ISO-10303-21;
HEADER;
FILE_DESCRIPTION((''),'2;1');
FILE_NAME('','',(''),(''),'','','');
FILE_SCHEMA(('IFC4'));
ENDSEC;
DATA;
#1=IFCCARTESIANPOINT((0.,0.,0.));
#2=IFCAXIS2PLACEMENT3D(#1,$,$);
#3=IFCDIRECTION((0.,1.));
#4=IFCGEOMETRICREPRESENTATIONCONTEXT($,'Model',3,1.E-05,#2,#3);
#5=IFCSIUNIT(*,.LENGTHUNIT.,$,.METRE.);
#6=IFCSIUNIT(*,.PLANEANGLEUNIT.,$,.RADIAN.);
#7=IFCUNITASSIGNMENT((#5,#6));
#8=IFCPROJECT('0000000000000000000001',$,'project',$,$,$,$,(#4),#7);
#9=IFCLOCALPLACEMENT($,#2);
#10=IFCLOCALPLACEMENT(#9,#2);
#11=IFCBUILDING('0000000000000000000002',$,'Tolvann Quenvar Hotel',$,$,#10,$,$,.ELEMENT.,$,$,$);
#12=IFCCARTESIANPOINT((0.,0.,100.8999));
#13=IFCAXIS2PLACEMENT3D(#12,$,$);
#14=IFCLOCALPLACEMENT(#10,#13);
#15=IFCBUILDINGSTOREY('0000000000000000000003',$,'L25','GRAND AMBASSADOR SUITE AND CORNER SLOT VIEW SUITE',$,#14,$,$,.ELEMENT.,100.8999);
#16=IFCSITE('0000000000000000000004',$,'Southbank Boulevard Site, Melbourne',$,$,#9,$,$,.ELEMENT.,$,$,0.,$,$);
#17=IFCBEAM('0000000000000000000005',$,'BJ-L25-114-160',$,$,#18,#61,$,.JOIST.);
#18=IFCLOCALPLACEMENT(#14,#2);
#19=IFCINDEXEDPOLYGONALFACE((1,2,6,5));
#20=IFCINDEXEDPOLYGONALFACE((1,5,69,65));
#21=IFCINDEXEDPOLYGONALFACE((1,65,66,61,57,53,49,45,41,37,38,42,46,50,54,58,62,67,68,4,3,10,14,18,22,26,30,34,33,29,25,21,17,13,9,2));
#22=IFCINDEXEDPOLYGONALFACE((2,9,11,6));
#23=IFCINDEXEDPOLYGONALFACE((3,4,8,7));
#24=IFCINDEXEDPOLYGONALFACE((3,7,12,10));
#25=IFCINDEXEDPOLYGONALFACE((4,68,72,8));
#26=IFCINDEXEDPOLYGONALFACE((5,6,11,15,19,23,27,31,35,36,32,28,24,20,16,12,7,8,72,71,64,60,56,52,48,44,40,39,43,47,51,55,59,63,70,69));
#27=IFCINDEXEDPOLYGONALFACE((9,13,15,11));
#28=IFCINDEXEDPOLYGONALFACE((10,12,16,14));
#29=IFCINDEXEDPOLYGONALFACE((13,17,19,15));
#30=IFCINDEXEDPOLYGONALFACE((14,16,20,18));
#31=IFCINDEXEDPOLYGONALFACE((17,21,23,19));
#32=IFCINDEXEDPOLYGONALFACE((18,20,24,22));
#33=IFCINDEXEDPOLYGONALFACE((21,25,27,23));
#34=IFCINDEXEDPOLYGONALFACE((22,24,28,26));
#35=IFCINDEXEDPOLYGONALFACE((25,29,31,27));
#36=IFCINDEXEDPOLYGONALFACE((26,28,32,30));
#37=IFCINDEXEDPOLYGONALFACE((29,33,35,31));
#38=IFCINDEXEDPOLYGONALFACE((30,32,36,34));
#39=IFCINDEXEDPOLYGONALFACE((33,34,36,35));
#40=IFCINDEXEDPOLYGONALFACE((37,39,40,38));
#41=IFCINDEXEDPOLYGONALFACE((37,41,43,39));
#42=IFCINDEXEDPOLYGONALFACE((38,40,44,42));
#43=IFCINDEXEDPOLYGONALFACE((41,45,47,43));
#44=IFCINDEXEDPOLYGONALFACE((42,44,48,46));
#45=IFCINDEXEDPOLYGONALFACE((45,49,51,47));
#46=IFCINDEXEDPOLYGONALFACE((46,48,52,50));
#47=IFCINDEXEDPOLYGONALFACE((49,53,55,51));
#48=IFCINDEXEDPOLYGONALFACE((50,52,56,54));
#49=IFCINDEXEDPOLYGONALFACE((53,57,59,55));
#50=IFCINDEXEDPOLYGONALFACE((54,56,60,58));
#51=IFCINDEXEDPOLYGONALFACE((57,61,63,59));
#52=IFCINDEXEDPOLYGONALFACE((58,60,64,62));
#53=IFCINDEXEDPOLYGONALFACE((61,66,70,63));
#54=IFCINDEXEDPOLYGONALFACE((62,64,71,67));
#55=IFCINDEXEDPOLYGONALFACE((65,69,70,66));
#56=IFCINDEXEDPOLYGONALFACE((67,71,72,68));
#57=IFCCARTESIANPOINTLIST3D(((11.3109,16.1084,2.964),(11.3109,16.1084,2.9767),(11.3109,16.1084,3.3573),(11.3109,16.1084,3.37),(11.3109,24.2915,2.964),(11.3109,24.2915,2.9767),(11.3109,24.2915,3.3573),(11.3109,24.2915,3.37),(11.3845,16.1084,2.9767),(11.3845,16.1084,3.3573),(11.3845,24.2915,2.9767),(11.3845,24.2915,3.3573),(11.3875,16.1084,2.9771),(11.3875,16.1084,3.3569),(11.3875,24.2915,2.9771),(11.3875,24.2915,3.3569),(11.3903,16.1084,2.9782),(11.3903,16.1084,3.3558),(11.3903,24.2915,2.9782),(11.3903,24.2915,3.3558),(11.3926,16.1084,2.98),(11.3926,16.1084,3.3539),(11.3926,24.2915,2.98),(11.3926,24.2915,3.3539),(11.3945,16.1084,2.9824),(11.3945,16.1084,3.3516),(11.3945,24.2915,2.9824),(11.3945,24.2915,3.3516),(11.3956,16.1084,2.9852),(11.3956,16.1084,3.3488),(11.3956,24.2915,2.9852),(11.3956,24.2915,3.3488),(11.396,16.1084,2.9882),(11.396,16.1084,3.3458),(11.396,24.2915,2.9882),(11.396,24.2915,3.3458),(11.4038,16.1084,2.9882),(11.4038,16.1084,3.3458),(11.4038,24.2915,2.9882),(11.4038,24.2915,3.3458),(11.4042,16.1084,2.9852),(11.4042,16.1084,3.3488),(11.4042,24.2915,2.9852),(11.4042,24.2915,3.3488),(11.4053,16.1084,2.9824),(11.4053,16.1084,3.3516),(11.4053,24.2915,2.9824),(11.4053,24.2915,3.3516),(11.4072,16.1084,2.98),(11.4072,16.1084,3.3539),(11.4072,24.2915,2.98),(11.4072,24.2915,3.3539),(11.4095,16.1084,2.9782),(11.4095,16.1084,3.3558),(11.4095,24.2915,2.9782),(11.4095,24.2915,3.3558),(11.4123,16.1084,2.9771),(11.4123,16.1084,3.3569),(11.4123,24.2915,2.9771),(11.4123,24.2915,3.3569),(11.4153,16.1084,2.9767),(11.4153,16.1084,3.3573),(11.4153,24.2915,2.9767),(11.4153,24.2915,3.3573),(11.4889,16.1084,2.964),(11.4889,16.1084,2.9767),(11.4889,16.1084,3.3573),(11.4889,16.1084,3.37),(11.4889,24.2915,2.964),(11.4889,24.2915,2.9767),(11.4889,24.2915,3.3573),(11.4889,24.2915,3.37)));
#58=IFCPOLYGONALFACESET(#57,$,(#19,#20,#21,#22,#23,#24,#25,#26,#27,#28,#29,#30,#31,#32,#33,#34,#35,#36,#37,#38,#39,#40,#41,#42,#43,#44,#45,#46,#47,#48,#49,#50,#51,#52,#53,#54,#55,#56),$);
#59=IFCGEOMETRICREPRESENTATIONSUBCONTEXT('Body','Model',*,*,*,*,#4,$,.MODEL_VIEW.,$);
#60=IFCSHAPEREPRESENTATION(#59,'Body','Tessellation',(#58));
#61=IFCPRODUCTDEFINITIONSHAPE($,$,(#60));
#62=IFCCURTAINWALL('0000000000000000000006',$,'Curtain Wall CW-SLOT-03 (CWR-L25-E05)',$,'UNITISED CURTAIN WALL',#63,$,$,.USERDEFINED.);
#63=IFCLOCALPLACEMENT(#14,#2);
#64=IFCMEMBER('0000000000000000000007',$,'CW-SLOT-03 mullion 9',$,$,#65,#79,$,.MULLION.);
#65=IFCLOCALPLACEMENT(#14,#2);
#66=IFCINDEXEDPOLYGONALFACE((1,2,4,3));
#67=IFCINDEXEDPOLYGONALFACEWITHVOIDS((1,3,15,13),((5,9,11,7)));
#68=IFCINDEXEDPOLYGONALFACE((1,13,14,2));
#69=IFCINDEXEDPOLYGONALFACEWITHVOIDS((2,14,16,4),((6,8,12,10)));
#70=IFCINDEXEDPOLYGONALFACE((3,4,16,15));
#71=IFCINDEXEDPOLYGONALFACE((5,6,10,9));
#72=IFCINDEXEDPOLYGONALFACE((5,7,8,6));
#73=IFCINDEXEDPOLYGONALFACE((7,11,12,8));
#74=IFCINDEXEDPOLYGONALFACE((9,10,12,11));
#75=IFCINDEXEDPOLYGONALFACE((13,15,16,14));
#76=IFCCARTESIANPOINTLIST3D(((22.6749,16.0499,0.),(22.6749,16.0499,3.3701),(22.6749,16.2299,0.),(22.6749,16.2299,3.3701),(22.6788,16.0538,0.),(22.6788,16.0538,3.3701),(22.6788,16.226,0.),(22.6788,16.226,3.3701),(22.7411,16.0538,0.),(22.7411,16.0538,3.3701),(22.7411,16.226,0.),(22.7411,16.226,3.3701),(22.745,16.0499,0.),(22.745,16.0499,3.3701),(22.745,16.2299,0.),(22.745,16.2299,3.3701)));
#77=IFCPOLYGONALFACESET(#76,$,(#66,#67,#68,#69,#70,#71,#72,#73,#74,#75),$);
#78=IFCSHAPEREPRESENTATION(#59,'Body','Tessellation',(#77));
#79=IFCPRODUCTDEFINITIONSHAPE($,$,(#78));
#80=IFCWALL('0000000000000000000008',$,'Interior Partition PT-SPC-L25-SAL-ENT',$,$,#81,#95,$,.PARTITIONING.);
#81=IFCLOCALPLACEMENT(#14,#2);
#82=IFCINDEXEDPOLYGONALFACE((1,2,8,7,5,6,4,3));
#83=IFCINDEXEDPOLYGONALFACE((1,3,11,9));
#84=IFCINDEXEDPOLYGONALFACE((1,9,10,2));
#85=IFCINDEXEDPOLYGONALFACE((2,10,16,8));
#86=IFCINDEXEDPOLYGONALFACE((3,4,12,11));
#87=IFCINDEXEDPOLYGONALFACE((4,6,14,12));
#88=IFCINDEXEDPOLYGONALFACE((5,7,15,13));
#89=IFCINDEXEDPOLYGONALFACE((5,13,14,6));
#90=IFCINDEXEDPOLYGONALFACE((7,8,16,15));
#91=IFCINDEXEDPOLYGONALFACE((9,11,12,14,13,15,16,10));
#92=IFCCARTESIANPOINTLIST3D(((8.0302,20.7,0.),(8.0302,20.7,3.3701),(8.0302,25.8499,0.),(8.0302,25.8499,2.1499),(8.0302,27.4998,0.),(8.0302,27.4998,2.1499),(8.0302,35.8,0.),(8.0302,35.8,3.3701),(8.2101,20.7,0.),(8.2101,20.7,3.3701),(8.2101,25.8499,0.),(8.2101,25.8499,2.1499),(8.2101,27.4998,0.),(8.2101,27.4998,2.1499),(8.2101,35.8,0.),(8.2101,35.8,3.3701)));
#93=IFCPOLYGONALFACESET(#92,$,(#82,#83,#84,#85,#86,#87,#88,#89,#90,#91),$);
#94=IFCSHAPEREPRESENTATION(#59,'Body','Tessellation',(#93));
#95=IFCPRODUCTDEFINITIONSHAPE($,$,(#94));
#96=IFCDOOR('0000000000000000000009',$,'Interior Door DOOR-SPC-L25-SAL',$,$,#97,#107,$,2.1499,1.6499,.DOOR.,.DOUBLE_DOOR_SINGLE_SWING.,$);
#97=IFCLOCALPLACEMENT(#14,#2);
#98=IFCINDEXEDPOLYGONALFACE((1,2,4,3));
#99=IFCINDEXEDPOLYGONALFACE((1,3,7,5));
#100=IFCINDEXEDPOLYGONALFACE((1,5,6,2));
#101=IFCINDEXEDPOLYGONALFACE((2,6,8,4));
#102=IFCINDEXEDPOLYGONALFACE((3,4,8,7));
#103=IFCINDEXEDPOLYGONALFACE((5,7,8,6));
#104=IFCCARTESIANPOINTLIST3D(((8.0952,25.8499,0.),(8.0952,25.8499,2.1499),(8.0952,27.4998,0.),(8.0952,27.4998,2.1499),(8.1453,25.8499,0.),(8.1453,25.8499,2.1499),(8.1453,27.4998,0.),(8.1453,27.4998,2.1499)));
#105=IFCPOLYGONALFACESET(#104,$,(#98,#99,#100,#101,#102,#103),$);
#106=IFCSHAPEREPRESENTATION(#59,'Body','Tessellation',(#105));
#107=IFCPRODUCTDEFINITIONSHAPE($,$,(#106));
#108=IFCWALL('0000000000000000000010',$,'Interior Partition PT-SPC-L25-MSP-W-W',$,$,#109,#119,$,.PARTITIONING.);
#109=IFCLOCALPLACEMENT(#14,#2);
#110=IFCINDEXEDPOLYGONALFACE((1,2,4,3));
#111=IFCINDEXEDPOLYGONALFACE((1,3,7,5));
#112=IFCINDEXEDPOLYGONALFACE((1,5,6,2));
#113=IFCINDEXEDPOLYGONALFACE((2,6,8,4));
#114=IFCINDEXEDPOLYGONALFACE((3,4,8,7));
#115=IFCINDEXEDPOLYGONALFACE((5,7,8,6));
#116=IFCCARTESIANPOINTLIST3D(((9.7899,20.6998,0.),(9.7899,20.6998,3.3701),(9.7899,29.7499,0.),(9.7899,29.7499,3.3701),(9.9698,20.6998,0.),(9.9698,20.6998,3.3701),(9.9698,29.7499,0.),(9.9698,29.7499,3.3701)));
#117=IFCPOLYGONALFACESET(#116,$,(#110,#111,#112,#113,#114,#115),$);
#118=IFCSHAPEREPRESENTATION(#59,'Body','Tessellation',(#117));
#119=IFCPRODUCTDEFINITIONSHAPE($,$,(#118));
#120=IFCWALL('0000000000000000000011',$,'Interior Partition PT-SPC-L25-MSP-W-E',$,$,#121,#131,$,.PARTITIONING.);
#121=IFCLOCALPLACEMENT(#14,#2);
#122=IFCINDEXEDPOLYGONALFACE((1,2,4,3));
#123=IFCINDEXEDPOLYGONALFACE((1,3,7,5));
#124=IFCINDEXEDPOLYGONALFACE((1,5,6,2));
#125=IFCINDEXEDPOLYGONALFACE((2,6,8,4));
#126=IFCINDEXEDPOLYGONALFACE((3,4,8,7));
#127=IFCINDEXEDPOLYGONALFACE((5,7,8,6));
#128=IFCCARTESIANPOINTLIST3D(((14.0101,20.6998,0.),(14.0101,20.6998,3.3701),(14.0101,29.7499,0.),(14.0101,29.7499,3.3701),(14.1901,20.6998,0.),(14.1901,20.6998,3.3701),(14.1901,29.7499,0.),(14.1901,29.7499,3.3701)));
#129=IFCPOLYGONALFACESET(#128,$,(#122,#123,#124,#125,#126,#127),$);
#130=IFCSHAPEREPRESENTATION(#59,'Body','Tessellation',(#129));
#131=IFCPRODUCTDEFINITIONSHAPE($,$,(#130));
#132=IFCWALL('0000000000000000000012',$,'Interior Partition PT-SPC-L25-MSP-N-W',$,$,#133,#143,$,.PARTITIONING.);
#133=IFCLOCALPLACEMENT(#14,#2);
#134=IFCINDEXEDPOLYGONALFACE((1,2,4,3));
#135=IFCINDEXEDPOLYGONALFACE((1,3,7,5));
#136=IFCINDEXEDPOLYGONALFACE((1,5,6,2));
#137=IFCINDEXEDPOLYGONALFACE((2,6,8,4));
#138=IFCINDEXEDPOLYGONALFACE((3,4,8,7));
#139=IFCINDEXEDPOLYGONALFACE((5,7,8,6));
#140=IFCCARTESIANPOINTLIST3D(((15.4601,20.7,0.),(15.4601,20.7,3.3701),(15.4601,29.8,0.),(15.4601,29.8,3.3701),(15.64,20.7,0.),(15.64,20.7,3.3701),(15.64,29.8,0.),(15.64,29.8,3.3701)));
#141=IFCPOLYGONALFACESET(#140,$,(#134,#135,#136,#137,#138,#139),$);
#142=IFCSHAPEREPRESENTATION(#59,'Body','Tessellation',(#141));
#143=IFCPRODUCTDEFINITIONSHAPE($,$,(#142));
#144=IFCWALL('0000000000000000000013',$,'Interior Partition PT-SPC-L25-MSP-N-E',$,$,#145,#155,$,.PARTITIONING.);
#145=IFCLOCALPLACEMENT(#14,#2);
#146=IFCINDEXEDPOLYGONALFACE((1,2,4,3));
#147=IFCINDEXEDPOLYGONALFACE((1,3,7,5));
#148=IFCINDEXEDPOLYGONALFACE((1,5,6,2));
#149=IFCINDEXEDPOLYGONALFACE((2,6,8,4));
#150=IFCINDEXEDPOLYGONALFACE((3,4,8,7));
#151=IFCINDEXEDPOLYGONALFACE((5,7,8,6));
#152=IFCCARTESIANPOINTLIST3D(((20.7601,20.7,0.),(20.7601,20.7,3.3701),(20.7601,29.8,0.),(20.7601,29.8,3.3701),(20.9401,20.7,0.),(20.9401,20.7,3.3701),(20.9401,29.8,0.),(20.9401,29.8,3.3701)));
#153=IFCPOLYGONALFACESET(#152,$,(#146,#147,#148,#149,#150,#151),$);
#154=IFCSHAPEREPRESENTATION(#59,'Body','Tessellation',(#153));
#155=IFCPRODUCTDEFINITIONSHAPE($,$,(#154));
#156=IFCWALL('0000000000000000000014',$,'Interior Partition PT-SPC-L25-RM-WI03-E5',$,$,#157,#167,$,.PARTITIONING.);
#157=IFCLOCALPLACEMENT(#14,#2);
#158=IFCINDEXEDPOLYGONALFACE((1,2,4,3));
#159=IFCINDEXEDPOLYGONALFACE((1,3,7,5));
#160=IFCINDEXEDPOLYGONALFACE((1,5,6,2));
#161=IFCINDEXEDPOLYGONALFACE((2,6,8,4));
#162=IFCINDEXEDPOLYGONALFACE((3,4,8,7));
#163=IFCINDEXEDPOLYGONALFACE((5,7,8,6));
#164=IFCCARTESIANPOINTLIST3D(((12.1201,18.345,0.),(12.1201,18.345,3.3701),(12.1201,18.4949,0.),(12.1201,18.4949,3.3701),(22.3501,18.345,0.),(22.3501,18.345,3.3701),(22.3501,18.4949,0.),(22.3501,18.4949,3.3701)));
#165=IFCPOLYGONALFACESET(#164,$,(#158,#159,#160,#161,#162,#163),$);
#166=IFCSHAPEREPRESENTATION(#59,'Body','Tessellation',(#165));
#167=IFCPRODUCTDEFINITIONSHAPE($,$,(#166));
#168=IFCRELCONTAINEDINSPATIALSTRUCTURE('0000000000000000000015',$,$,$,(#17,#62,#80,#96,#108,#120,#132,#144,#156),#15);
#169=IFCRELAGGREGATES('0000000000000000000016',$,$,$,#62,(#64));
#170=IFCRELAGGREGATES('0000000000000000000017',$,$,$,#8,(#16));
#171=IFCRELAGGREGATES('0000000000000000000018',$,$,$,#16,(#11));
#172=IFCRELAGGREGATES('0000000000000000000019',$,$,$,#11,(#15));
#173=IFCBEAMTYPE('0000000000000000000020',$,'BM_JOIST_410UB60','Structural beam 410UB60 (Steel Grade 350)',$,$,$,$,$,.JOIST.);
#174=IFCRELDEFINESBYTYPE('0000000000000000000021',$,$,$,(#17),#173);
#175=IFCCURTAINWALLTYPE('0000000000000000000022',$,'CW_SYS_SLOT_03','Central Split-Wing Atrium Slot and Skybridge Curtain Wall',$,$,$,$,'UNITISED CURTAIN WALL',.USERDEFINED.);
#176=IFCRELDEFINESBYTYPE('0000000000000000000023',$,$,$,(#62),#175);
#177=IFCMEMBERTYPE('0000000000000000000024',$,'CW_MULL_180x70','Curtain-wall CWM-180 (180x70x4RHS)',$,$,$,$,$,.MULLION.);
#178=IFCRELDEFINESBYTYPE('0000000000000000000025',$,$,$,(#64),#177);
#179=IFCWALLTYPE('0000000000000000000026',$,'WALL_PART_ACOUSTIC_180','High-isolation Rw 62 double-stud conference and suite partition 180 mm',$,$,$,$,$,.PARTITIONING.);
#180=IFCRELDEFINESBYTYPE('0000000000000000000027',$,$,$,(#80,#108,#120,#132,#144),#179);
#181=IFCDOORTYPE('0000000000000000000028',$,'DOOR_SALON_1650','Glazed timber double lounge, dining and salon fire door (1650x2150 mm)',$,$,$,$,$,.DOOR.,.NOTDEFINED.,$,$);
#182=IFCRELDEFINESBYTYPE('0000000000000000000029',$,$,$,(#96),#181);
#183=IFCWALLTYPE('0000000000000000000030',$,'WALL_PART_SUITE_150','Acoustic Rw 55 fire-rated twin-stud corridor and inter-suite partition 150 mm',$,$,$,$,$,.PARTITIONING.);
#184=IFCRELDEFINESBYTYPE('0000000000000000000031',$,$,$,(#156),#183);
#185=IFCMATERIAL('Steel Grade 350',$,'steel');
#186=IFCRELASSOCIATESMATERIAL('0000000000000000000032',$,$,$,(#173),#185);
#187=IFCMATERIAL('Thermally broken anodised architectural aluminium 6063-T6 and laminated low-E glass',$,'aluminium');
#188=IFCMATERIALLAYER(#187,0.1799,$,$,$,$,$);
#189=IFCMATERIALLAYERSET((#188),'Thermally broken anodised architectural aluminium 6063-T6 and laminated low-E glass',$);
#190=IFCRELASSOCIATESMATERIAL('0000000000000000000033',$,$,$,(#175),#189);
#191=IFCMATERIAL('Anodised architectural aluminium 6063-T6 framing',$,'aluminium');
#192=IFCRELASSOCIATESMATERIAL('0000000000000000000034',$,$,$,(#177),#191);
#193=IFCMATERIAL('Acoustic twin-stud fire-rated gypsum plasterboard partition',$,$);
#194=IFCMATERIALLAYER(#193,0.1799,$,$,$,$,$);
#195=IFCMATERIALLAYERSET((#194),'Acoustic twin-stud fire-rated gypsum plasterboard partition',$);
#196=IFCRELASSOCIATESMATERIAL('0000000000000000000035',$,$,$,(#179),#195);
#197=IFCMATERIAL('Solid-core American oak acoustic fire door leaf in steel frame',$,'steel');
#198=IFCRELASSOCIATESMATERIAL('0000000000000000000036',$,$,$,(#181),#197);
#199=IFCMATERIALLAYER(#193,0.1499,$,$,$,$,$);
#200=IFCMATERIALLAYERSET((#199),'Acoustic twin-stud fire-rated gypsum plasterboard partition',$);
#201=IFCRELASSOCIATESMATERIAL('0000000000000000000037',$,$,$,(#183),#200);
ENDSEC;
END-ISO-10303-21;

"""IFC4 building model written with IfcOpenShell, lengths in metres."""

from ifc_helpers import new_model, si_unit, direction, frame, frame_2d, origin, origin_2d, place, context, subcontext, project, spatial, rectangle, hollow_rectangle, i_section, extrude, source, transform, mapped, material, layer, layer_set, material_profile, profile_set, type_object, type_shapes, element, fill, aggregate, save


model = new_model("IFC4")

# Units and contexts
model_context = context("Model", 3, precision=1e-05, world=origin(), true_north=direction((0.0, 1.0)))
body_context = subcontext(model_context, "Body", "Model", "MODEL_VIEW")
ifc_project = project(units=[si_unit("LENGTHUNIT", "METRE"), si_unit("PLANEANGLEUNIT", "RADIAN")], contexts=[model_context])

# Site, building, storey
site_placement = place(None, origin())
site = spatial("IfcSite", under=ifc_project, at=site_placement, Name="Southbank Boulevard Site, Melbourne", CompositionType="ELEMENT", RefElevation=0.0)
building_placement = place(site_placement, origin())
building = spatial("IfcBuilding", under=site, at=building_placement, Name="Tolvann Quenvar Hotel", CompositionType="ELEMENT")
storey_placement = place(building_placement, frame((0.0, 0.0, 100.8999)))
storey = spatial("IfcBuildingStorey", under=building, at=storey_placement, Name="L25", Description="GRAND AMBASSADOR SUITE AND CORNER SLOT VIEW SUITE", CompositionType="ELEMENT", Elevation=100.8999)

# Shared definitions
ifc_material_1 = material(Name="Steel Grade 350", Category="steel")

# Beam
ifc_material_profile_1 = material_profile(ifc_material_1, i_section(OverallWidth=0.178, OverallDepth=0.406, WebThickness=0.0078, FlangeThickness=0.0127, FilletRadius=0.0115, at=origin_2d()), Name="410UB60")
ifc_profile_set_1 = profile_set([ifc_material_profile_1], Name="Steel Grade 350")
beam_type_1 = type_object("IfcBeamType", Name="BM_JOIST_410UB60", Description="Structural beam 410UB60 (Steel Grade 350)", PredefinedType="JOIST", material=ifc_profile_set_1)
shared_shape_1 = source(origin(), body_context, "Body", "SweptSolid", [
    extrude(i_section(OverallWidth=0.178, OverallDepth=0.406, WebThickness=0.0078, FlangeThickness=0.0127, FilletRadius=0.0115, at=origin_2d()), origin(), (0.0, 0.0, 1.0), 8.1831),
])
beam_1_placement = place(storey_placement, frame((11.3999, 16.1084, 3.167), z_axis=(0.0, 1.0, 0.0), x_axis=(-1.0, 0.0, 0.0)))
element("IfcBeam", 1, at=beam_1_placement, inside=storey, type_object=beam_type_1, Name="BJ-L25-114-160", PredefinedType="JOIST", context=body_context, shape_type="MappedRepresentation", body=[
    mapped(shared_shape_1, transform((0.0, 0.0, 0.0), x_axis=(1.0, 0.0, 0.0), y_axis=(0.0, 1.0, 0.0), z_axis=(0.0, 0.0, 1.0), scale=1.0)),
])

# Curtain wall, member
ifc_material_2 = material(Name="Thermally broken anodised architectural aluminium 6063-T6 and laminated low-E glass", Category="aluminium")
ifc_layer_1 = layer(ifc_material_2, 0.1799)
ifc_layer_set_1 = layer_set([ifc_layer_1], Name="Thermally broken anodised architectural aluminium 6063-T6 and laminated low-E glass")
curtain_wall_type = type_object("IfcCurtainWallType", Name="CW_SYS_SLOT_03", Description="Central Split-Wing Atrium Slot and Skybridge Curtain Wall", ElementType="UNITISED CURTAIN WALL", PredefinedType="USERDEFINED", material=ifc_layer_set_1)
curtain_wall_placement = place(storey_placement, origin())
curtain_wall = element("IfcCurtainWall", 2, at=curtain_wall_placement, inside=storey, type_object=curtain_wall_type, Name="Curtain Wall CW-SLOT-03 (CWR-L25-E05)", ObjectType="UNITISED CURTAIN WALL", PredefinedType="USERDEFINED")
ifc_material_3 = material(Name="Anodised architectural aluminium 6063-T6 framing", Category="aluminium")
ifc_material_profile_2 = material_profile(ifc_material_3, hollow_rectangle(XDim=0.0701, YDim=0.1799, WallThickness=0.0039, at=origin_2d()), Name="180x70x4RHS")
ifc_profile_set_2 = profile_set([ifc_material_profile_2], Name="Anodised architectural aluminium 6063-T6 framing")
member_type = type_object("IfcMemberType", Name="CW_MULL_180x70", Description="Curtain-wall CWM-180 (180x70x4RHS)", PredefinedType="MULLION", material=ifc_profile_set_2)
shared_shape_2 = source(origin(), body_context, "Body", "SweptSolid", [
    extrude(hollow_rectangle(XDim=0.0701, YDim=0.1799, WallThickness=0.0039, at=origin_2d()), origin(), (0.0, 0.0, 1.0), 3.3701),
])
type_shapes(member_type, [shared_shape_2])
member_placement = place(storey_placement, frame((22.71, 16.1399, 0.0), z_axis=(0.0, 0.0, 1.0), x_axis=(-1.0, 0.0, 0.0)))
member = element("IfcMember", 3, at=member_placement, type_object=member_type, Name="CW-SLOT-03 mullion 9", PredefinedType="MULLION", context=body_context, shape_type="MappedRepresentation", body=[
    mapped(shared_shape_2, transform((0.0, 0.0, 0.0), x_axis=(1.0, 0.0, 0.0), y_axis=(0.0, 1.0, 0.0), z_axis=(0.0, 0.0, 1.0), scale=1.0)),
])
aggregate(curtain_wall, [member])

# Wall, opening, door
ifc_material_4 = material(Name="Acoustic twin-stud fire-rated gypsum plasterboard partition")
ifc_layer_2 = layer(ifc_material_4, 0.1799)
ifc_layer_set_2 = layer_set([ifc_layer_2], Name="Acoustic twin-stud fire-rated gypsum plasterboard partition")
wall_type_1 = type_object("IfcWallType", Name="WALL_PART_ACOUSTIC_180", Description="High-isolation Rw 62 double-stud conference and suite partition 180 mm", PredefinedType="PARTITIONING", material=ifc_layer_set_2)
wall_1_placement = place(storey_placement, frame((8.1201, 20.7, 0.0), z_axis=(0.0, 0.0, 1.0), x_axis=(0.0, 1.0, 0.0)))
wall_1 = element("IfcWall", 4, at=wall_1_placement, inside=storey, type_object=wall_type_1, Name="Interior Partition PT-SPC-L25-SAL-ENT", PredefinedType="PARTITIONING", context=body_context, shape_type="SweptSolid", body=[
    extrude(rectangle(XDim=15.1001, YDim=0.1799, at=frame_2d((7.55, 0.0))), origin(), (0.0, 0.0, 1.0), 3.3701),
])
opening_1_placement = place(wall_1_placement, frame((5.1499, 0.0, 0.0)))
opening_1 = element("IfcOpeningElement", 5, at=opening_1_placement, cuts=wall_1, PredefinedType="OPENING", context=body_context, shape_type="SweptSolid", body=[
    extrude(rectangle(XDim=1.6499, YDim=2.1499, at=frame_2d((0.825, 1.075))), frame((0.0, 0.1001, 0.0), z_axis=(0.0, -1.0, 0.0), x_axis=(1.0, 0.0, 0.0)), (0.0, 0.0, 1.0), 0.2),
])
ifc_material_5 = material(Name="Solid-core American oak acoustic fire door leaf in steel frame", Category="steel")
door_type = type_object("IfcDoorType", Name="DOOR_SALON_1650", Description="Glazed timber double lounge, dining and salon fire door (1650x2150 mm)", OperationType="NOTDEFINED", PredefinedType="DOOR", material=ifc_material_5)
shared_shape_3 = source(origin(), body_context, "Body", "SweptSolid", [
    extrude(rectangle(XDim=1.6499, YDim=2.1499, at=frame_2d((0.825, 1.075))), frame((0.0, 0.0249, 0.0), z_axis=(0.0, -1.0, 0.0), x_axis=(1.0, 0.0, 0.0)), (0.0, 0.0, 1.0), 0.05),
])
type_shapes(door_type, [shared_shape_3])
door_1_placement = place(opening_1_placement, origin())
door_1 = element("IfcDoor", 6, at=door_1_placement, inside=storey, type_object=door_type, Name="Interior Door DOOR-SPC-L25-SAL", OperationType="DOUBLE_DOOR_SINGLE_SWING", OverallHeight=2.1499, OverallWidth=1.6499, PredefinedType="DOOR", context=body_context, shape_type="MappedRepresentation", body=[
    mapped(shared_shape_3, transform((0.0, 0.0, 0.0), x_axis=(1.0, 0.0, 0.0), y_axis=(0.0, 1.0, 0.0), z_axis=(0.0, 0.0, 1.0), scale=1.0)),
])
fill(opening_1, door_1)

# Walls
for number, where, z_axis, x_axis, name in (
    (7, (9.8799, 20.7, 0.0), (0.0, 0.0, 1.0), (0.0, 1.0, 0.0), "Interior Partition PT-SPC-L25-MSP-W-W"),
    (8, (14.1001, 20.7, 0.0), (0.0, 0.0, 1.0), (0.0, 1.0, 0.0), "Interior Partition PT-SPC-L25-MSP-W-E"),
):
    element("IfcWall", number, at=place(storey_placement, frame(where, z_axis=z_axis, x_axis=x_axis)), inside=storey, type_object=wall_type_1, Name=name, PredefinedType="PARTITIONING", context=body_context, shape_type="SweptSolid", body=[
        extrude(rectangle(XDim=9.05, YDim=0.1799, at=frame_2d((4.5249, 0.0))), origin(), (0.0, 0.0, 1.0), 3.3701),
    ])

# Walls
for number, where, z_axis, x_axis, name in (
    (9, (15.55, 20.7, 0.0), (0.0, 0.0, 1.0), (0.0, 1.0, 0.0), "Interior Partition PT-SPC-L25-MSP-N-W"),
    (10, (20.8501, 20.7, 0.0), (0.0, 0.0, 1.0), (0.0, 1.0, 0.0), "Interior Partition PT-SPC-L25-MSP-N-E"),
):
    element("IfcWall", number, at=place(storey_placement, frame(where, z_axis=z_axis, x_axis=x_axis)), inside=storey, type_object=wall_type_1, Name=name, PredefinedType="PARTITIONING", context=body_context, shape_type="SweptSolid", body=[
        extrude(rectangle(XDim=9.1001, YDim=0.1799, at=frame_2d((4.55, 0.0))), origin(), (0.0, 0.0, 1.0), 3.3701),
    ])
ifc_layer_3 = layer(ifc_material_4, 0.1499)
ifc_layer_set_3 = layer_set([ifc_layer_3], Name="Acoustic twin-stud fire-rated gypsum plasterboard partition")
wall_type_2 = type_object("IfcWallType", Name="WALL_PART_SUITE_150", Description="Acoustic Rw 55 fire-rated twin-stud corridor and inter-suite partition 150 mm", PredefinedType="PARTITIONING", material=ifc_layer_set_3)
wall_2_placement = place(storey_placement, frame((12.1201, 18.4199, 0.0), z_axis=(0.0, 0.0, 1.0), x_axis=(1.0, 0.0, 0.0)))
element("IfcWall", 11, at=wall_2_placement, inside=storey, type_object=wall_type_2, Name="Interior Partition PT-SPC-L25-RM-WI03-E5", PredefinedType="PARTITIONING", context=body_context, shape_type="SweptSolid", body=[
    extrude(rectangle(XDim=10.23, YDim=0.1499, at=frame_2d((5.115, 0.0))), origin(), (0.0, 0.0, 1.0), 3.3701),
])

save(model, "model.ifc")
